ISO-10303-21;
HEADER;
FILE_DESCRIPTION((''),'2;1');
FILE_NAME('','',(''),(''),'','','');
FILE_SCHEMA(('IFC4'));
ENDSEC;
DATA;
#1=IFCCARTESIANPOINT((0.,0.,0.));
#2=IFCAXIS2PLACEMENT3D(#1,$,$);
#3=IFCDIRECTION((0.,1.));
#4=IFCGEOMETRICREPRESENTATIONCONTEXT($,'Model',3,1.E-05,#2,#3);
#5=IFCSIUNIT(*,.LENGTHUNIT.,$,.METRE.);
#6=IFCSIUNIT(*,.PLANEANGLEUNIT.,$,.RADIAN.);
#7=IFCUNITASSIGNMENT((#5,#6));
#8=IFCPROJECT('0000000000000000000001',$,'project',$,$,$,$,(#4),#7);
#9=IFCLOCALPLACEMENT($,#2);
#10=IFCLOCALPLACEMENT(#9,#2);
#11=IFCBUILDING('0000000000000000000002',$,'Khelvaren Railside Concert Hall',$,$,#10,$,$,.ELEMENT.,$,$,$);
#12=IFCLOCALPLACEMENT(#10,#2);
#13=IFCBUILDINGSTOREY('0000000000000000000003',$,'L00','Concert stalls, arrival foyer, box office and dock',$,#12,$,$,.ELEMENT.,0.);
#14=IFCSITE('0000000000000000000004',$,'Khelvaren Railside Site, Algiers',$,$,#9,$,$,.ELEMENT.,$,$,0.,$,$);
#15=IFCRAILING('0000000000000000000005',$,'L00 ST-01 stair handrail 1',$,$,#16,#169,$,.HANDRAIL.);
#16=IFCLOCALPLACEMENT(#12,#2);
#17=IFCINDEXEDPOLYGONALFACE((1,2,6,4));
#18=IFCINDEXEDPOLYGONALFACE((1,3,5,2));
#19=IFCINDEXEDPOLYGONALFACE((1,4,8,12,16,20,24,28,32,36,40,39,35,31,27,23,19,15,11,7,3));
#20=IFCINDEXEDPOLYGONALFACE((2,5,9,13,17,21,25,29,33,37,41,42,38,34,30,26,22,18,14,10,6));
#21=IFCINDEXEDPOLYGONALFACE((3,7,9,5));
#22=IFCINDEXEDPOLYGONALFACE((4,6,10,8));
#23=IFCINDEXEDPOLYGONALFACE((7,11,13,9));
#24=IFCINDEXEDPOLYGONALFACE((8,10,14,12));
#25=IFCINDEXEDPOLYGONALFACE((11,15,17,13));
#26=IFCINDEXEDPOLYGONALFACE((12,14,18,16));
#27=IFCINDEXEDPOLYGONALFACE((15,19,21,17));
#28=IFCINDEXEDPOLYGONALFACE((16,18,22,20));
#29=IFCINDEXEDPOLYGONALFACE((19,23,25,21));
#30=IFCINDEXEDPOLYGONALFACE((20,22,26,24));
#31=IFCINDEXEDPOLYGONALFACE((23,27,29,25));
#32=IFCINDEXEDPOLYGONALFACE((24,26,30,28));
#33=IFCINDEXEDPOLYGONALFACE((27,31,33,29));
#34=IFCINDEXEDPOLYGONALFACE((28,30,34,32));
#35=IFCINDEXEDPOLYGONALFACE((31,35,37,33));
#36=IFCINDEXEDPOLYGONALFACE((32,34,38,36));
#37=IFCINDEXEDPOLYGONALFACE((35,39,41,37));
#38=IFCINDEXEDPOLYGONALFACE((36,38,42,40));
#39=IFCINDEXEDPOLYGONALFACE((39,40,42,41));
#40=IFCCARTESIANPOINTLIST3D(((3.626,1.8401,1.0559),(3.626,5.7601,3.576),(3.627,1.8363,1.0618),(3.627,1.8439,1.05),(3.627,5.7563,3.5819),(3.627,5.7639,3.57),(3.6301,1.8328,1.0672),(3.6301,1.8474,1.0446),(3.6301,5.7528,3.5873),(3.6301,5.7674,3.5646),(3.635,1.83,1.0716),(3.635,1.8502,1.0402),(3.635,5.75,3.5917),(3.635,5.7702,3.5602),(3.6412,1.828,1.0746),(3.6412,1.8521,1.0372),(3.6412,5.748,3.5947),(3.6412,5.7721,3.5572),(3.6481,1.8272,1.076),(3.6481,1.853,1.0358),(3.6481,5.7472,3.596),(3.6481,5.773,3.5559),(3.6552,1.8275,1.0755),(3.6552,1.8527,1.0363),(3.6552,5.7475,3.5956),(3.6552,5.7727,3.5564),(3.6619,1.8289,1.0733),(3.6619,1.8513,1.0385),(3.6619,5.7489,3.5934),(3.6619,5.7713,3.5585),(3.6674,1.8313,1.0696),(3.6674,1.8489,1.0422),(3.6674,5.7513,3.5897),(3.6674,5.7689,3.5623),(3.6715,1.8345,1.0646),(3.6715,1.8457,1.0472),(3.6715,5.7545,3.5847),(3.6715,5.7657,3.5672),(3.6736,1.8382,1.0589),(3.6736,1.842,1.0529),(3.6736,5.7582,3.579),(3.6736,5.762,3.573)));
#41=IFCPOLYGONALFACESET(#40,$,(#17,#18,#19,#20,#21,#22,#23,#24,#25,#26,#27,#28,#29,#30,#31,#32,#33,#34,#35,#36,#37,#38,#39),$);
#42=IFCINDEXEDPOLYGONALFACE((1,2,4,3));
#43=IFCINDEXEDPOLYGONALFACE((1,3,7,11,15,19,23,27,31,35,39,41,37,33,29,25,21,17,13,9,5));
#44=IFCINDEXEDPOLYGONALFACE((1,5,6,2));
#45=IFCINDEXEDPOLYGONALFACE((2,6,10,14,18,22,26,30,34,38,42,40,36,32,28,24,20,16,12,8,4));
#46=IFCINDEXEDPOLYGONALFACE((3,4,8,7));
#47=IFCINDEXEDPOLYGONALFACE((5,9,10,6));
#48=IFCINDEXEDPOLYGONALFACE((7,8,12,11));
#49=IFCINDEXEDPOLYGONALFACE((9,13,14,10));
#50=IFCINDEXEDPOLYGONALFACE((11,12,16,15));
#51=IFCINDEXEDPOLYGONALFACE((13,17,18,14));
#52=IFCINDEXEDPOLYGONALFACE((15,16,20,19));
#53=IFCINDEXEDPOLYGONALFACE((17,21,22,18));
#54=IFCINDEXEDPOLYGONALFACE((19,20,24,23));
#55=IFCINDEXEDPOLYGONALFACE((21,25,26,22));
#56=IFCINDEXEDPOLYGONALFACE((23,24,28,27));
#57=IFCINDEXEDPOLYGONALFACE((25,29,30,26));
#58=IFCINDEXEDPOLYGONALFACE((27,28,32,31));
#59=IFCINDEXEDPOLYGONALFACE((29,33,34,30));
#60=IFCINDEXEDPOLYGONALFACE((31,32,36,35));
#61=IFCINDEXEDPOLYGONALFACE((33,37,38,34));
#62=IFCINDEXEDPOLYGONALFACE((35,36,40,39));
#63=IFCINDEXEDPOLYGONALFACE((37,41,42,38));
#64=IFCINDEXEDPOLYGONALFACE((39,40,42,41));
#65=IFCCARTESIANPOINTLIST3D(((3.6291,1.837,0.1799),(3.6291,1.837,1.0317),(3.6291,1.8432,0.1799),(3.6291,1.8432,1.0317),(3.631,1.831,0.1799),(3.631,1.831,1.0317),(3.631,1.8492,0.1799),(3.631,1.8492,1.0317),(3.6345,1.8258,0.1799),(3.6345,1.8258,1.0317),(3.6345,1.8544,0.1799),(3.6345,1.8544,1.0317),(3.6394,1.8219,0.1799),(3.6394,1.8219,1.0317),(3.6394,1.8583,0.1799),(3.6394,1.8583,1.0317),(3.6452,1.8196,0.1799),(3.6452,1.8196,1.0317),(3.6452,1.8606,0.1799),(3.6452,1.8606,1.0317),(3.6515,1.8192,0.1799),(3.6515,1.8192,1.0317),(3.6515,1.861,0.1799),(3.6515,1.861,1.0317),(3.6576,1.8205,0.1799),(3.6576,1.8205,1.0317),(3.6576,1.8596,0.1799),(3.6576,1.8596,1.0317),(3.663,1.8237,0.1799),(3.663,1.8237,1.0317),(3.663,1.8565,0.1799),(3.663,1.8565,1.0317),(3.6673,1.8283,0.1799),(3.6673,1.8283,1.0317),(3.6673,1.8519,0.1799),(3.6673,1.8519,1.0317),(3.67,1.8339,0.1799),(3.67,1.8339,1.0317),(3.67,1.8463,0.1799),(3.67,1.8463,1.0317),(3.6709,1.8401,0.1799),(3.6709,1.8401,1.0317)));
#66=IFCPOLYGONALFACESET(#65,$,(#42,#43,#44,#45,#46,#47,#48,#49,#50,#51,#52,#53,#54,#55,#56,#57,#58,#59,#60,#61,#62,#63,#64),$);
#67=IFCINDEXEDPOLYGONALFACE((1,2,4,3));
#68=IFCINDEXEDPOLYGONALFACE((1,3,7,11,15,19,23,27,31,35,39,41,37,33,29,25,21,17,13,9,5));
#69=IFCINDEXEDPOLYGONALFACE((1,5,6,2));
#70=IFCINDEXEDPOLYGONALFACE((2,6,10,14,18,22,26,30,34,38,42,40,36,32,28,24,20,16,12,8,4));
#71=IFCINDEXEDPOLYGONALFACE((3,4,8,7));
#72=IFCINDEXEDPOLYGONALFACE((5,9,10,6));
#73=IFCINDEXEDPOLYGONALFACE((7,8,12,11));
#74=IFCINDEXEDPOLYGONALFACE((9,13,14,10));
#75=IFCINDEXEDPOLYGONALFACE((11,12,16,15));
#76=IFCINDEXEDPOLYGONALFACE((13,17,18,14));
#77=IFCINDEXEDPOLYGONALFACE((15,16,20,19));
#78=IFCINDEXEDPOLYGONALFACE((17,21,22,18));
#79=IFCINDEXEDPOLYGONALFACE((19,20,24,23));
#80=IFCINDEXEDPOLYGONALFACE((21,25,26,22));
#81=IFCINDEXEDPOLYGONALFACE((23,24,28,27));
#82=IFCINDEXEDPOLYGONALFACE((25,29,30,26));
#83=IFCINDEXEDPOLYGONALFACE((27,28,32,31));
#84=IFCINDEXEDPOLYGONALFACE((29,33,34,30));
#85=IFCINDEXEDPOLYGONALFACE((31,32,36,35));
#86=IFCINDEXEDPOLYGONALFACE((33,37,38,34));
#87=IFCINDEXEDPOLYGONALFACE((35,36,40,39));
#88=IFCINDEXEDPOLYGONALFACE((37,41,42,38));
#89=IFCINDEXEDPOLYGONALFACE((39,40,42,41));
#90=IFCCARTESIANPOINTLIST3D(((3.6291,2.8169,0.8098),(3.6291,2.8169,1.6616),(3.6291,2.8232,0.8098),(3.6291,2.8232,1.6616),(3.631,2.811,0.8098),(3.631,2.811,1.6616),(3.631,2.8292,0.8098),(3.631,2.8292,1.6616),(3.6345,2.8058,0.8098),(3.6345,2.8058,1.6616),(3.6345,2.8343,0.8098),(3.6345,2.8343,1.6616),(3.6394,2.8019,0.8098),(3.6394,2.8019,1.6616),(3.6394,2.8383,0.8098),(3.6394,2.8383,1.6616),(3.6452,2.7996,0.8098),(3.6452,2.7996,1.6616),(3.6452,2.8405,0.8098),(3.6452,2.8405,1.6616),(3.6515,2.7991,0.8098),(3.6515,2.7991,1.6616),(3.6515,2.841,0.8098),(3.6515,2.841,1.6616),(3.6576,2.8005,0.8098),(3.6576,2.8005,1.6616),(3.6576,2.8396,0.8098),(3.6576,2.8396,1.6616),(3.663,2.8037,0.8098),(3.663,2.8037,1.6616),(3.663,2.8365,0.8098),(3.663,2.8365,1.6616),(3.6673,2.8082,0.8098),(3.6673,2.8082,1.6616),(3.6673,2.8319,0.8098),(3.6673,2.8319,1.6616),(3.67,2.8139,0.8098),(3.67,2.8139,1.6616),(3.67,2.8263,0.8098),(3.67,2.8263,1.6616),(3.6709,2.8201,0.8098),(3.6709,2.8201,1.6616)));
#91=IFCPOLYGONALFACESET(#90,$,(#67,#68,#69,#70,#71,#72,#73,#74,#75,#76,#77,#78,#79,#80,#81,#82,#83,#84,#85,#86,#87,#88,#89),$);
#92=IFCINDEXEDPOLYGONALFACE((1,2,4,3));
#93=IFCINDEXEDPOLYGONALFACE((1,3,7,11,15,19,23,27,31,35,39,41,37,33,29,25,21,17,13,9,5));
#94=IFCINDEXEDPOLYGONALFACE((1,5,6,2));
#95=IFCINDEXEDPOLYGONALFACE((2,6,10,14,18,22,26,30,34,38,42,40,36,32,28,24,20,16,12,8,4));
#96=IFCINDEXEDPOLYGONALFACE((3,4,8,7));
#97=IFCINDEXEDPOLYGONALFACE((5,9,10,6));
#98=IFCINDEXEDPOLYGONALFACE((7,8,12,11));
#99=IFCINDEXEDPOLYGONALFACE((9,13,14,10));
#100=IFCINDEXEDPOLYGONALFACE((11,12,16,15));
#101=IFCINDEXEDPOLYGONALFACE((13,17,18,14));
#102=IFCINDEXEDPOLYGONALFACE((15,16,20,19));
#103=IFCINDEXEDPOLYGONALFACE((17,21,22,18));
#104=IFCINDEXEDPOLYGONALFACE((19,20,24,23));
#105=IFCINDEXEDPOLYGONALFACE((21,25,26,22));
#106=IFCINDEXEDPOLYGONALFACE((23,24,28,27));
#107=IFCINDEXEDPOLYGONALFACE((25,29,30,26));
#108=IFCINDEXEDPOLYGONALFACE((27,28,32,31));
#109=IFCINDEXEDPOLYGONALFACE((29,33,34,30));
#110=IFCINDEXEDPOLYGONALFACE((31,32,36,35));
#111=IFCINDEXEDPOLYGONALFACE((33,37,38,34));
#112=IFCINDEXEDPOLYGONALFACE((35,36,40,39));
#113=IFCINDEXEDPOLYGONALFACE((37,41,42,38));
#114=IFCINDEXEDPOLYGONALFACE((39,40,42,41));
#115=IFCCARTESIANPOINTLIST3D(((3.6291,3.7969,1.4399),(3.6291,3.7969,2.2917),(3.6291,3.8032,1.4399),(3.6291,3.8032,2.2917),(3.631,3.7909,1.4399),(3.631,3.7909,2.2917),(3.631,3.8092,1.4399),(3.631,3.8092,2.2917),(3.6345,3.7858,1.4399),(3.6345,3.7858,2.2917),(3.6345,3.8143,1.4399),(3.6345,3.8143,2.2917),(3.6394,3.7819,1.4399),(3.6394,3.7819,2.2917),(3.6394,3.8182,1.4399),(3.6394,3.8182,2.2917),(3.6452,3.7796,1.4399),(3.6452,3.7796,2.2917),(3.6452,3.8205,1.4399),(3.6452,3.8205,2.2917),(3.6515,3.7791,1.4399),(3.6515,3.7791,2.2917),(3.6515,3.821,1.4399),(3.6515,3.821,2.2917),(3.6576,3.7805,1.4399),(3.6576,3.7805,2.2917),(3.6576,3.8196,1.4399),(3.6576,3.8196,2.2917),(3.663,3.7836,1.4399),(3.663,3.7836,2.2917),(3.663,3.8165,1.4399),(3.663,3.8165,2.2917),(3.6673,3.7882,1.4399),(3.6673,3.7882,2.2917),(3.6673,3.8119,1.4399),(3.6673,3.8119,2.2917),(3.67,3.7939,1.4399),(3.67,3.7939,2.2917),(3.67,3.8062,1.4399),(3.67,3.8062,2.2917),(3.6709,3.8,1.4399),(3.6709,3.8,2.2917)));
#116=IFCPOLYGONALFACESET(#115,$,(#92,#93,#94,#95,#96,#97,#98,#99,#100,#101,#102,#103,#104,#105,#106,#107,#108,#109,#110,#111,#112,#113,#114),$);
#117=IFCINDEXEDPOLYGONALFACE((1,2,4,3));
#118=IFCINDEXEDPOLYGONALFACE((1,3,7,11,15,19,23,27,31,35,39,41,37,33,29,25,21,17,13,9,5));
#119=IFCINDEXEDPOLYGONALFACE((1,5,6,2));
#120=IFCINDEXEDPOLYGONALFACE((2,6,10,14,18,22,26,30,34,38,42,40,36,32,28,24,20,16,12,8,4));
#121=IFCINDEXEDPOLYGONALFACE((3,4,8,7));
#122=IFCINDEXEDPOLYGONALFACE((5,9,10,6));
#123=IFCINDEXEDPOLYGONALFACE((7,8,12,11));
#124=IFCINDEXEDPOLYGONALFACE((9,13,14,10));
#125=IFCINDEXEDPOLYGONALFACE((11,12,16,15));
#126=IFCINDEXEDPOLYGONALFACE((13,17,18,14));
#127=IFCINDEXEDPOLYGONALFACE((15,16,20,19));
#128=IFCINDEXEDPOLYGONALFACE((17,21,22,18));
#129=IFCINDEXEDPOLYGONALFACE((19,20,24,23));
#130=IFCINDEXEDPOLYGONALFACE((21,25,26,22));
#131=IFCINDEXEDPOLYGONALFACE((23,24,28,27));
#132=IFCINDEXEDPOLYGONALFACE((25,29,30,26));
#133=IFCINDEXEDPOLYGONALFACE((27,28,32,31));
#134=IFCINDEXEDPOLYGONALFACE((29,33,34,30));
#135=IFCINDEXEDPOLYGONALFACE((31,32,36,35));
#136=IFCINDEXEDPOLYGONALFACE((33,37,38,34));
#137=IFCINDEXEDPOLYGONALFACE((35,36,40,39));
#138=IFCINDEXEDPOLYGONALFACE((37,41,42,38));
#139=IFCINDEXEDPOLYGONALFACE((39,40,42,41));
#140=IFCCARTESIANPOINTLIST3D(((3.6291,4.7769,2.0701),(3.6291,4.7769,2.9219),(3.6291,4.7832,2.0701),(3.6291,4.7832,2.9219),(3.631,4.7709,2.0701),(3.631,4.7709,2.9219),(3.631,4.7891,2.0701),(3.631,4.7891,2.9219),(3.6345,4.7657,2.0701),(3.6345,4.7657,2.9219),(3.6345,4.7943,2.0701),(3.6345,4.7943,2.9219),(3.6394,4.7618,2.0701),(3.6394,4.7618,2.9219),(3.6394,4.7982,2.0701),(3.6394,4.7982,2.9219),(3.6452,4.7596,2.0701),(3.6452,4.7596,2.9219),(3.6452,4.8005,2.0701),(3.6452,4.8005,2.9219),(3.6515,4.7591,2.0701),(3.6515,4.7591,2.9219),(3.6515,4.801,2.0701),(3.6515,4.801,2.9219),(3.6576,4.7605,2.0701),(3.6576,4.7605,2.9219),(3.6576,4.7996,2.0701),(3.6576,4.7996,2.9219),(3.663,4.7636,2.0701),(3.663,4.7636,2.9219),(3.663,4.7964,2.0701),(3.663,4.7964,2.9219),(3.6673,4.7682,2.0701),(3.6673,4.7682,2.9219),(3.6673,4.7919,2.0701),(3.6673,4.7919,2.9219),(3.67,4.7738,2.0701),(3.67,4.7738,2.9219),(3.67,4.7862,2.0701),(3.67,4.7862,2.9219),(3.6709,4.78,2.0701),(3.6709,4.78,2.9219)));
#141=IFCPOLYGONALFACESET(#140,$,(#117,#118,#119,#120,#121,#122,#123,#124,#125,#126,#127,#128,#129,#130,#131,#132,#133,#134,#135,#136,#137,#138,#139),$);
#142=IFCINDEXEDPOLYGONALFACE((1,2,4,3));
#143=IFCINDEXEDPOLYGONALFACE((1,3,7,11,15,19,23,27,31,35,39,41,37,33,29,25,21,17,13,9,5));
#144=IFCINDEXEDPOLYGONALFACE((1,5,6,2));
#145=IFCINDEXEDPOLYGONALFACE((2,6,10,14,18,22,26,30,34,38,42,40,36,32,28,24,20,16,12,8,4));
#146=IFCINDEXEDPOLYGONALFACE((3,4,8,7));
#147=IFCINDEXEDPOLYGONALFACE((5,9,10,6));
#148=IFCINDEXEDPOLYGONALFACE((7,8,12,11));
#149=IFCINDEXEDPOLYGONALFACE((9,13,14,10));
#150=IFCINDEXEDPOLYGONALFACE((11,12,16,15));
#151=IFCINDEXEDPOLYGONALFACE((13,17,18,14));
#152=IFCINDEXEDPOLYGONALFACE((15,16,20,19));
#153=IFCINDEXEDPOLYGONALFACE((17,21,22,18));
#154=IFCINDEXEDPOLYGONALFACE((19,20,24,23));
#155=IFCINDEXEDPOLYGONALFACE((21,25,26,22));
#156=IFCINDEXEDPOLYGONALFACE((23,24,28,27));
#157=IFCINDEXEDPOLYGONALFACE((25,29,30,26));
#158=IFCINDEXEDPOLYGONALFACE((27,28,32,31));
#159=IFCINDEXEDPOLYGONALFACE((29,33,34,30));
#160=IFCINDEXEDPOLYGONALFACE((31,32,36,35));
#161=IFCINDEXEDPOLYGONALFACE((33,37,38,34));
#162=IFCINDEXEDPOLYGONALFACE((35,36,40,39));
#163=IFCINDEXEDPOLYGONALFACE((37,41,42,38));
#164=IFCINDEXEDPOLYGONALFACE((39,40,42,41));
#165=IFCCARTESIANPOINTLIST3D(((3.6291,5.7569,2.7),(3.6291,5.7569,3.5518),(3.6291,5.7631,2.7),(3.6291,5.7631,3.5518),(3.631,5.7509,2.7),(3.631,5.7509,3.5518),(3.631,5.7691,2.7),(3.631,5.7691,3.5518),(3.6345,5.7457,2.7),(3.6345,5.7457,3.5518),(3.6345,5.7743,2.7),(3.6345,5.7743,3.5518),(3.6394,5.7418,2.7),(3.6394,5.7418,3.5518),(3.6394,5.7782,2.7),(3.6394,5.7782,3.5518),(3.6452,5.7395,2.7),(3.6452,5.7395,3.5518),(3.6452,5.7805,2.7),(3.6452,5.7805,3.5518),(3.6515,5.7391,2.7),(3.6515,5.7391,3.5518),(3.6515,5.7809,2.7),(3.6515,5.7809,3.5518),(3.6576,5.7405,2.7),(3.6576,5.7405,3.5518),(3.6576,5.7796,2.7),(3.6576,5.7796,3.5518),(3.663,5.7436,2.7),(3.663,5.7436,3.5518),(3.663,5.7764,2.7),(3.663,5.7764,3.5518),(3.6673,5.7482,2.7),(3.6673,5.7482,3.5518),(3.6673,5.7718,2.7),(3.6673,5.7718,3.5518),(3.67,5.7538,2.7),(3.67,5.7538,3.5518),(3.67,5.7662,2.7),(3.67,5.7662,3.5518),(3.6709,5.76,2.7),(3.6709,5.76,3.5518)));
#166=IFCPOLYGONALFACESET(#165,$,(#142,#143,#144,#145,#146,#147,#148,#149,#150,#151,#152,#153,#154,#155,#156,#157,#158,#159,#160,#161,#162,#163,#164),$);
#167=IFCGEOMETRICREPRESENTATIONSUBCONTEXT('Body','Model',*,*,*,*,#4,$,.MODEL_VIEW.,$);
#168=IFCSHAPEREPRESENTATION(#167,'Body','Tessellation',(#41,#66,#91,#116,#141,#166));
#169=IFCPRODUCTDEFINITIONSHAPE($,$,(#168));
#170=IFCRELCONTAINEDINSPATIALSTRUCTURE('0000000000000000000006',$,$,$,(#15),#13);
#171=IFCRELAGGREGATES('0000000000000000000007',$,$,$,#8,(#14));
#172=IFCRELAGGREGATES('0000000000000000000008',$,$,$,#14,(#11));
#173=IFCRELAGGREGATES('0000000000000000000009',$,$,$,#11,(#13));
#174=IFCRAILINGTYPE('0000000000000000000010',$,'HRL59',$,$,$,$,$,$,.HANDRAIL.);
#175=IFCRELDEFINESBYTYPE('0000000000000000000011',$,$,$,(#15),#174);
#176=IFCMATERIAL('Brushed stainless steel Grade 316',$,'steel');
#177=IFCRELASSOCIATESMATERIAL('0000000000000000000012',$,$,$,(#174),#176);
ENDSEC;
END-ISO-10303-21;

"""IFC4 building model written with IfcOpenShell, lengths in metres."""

from ifc_helpers import new_model, si_unit, direction, frame, origin, origin_2d, place, context, subcontext, project, spatial, circle, extrude, material, type_object, element, save


model = new_model("IFC4")

# Units and contexts
model_context = context("Model", 3, precision=1e-05, world=origin(), true_north=direction((0.0, 1.0)))
body_context = subcontext(model_context, "Body", "Model", "MODEL_VIEW")
ifc_project = project(units=[si_unit("LENGTHUNIT", "METRE"), si_unit("PLANEANGLEUNIT", "RADIAN")], contexts=[model_context])

# Site, building, storey
site_placement = place(None, origin())
site = spatial("IfcSite", under=ifc_project, at=site_placement, Name="Khelvaren Railside Site, Algiers", CompositionType="ELEMENT", RefElevation=0.0)
building_placement = place(site_placement, origin())
building = spatial("IfcBuilding", under=site, at=building_placement, Name="Khelvaren Railside Concert Hall", CompositionType="ELEMENT")
storey_placement = place(building_placement, origin())
storey = spatial("IfcBuildingStorey", under=building, at=storey_placement, Name="L00", Description="Concert stalls, arrival foyer, box office and dock", CompositionType="ELEMENT", Elevation=0.0)

# Railing
ifc_material_1 = material(Name="Brushed stainless steel Grade 316", Category="steel")
railing_type_1 = type_object("IfcRailingType", Name="HRL59", PredefinedType="HANDRAIL", material=ifc_material_1)
railing_1_placement = place(storey_placement, frame((3.6499, 1.8401, 0.1799)))
element("IfcRailing", 1, at=railing_1_placement, inside=storey, type_object=railing_type_1, Name="L00 ST-01 stair handrail 1", PredefinedType="HANDRAIL", context=body_context, shape_type="SweptSolid", body=[
    extrude(circle(Radius=0.0239, at=origin_2d()), frame((0.0, 0.0, 0.876), z_axis=(0.0, 0.841172, 0.540768), x_axis=(-1.0, 0.0, 0.0)), (0.0, 0.0, 1.0), 4.6602),
    extrude(circle(Radius=0.021, at=origin_2d()), origin(), (0.0, 0.0, 1.0), 0.8518),
    extrude(circle(Radius=0.021, at=origin_2d()), frame((0.0, 0.98, 0.6299)), (0.0, 0.0, 1.0), 0.8518),
    extrude(circle(Radius=0.021, at=origin_2d()), frame((0.0, 1.96, 1.26)), (0.0, 0.0, 1.0), 0.8518),
    extrude(circle(Radius=0.021, at=origin_2d()), frame((0.0, 2.9399, 1.8901)), (0.0, 0.0, 1.0), 0.8518),
    extrude(circle(Radius=0.021, at=origin_2d()), frame((0.0, 3.9199, 2.52)), (0.0, 0.0, 1.0), 0.8518),
])

save(model, "model.ifc")
